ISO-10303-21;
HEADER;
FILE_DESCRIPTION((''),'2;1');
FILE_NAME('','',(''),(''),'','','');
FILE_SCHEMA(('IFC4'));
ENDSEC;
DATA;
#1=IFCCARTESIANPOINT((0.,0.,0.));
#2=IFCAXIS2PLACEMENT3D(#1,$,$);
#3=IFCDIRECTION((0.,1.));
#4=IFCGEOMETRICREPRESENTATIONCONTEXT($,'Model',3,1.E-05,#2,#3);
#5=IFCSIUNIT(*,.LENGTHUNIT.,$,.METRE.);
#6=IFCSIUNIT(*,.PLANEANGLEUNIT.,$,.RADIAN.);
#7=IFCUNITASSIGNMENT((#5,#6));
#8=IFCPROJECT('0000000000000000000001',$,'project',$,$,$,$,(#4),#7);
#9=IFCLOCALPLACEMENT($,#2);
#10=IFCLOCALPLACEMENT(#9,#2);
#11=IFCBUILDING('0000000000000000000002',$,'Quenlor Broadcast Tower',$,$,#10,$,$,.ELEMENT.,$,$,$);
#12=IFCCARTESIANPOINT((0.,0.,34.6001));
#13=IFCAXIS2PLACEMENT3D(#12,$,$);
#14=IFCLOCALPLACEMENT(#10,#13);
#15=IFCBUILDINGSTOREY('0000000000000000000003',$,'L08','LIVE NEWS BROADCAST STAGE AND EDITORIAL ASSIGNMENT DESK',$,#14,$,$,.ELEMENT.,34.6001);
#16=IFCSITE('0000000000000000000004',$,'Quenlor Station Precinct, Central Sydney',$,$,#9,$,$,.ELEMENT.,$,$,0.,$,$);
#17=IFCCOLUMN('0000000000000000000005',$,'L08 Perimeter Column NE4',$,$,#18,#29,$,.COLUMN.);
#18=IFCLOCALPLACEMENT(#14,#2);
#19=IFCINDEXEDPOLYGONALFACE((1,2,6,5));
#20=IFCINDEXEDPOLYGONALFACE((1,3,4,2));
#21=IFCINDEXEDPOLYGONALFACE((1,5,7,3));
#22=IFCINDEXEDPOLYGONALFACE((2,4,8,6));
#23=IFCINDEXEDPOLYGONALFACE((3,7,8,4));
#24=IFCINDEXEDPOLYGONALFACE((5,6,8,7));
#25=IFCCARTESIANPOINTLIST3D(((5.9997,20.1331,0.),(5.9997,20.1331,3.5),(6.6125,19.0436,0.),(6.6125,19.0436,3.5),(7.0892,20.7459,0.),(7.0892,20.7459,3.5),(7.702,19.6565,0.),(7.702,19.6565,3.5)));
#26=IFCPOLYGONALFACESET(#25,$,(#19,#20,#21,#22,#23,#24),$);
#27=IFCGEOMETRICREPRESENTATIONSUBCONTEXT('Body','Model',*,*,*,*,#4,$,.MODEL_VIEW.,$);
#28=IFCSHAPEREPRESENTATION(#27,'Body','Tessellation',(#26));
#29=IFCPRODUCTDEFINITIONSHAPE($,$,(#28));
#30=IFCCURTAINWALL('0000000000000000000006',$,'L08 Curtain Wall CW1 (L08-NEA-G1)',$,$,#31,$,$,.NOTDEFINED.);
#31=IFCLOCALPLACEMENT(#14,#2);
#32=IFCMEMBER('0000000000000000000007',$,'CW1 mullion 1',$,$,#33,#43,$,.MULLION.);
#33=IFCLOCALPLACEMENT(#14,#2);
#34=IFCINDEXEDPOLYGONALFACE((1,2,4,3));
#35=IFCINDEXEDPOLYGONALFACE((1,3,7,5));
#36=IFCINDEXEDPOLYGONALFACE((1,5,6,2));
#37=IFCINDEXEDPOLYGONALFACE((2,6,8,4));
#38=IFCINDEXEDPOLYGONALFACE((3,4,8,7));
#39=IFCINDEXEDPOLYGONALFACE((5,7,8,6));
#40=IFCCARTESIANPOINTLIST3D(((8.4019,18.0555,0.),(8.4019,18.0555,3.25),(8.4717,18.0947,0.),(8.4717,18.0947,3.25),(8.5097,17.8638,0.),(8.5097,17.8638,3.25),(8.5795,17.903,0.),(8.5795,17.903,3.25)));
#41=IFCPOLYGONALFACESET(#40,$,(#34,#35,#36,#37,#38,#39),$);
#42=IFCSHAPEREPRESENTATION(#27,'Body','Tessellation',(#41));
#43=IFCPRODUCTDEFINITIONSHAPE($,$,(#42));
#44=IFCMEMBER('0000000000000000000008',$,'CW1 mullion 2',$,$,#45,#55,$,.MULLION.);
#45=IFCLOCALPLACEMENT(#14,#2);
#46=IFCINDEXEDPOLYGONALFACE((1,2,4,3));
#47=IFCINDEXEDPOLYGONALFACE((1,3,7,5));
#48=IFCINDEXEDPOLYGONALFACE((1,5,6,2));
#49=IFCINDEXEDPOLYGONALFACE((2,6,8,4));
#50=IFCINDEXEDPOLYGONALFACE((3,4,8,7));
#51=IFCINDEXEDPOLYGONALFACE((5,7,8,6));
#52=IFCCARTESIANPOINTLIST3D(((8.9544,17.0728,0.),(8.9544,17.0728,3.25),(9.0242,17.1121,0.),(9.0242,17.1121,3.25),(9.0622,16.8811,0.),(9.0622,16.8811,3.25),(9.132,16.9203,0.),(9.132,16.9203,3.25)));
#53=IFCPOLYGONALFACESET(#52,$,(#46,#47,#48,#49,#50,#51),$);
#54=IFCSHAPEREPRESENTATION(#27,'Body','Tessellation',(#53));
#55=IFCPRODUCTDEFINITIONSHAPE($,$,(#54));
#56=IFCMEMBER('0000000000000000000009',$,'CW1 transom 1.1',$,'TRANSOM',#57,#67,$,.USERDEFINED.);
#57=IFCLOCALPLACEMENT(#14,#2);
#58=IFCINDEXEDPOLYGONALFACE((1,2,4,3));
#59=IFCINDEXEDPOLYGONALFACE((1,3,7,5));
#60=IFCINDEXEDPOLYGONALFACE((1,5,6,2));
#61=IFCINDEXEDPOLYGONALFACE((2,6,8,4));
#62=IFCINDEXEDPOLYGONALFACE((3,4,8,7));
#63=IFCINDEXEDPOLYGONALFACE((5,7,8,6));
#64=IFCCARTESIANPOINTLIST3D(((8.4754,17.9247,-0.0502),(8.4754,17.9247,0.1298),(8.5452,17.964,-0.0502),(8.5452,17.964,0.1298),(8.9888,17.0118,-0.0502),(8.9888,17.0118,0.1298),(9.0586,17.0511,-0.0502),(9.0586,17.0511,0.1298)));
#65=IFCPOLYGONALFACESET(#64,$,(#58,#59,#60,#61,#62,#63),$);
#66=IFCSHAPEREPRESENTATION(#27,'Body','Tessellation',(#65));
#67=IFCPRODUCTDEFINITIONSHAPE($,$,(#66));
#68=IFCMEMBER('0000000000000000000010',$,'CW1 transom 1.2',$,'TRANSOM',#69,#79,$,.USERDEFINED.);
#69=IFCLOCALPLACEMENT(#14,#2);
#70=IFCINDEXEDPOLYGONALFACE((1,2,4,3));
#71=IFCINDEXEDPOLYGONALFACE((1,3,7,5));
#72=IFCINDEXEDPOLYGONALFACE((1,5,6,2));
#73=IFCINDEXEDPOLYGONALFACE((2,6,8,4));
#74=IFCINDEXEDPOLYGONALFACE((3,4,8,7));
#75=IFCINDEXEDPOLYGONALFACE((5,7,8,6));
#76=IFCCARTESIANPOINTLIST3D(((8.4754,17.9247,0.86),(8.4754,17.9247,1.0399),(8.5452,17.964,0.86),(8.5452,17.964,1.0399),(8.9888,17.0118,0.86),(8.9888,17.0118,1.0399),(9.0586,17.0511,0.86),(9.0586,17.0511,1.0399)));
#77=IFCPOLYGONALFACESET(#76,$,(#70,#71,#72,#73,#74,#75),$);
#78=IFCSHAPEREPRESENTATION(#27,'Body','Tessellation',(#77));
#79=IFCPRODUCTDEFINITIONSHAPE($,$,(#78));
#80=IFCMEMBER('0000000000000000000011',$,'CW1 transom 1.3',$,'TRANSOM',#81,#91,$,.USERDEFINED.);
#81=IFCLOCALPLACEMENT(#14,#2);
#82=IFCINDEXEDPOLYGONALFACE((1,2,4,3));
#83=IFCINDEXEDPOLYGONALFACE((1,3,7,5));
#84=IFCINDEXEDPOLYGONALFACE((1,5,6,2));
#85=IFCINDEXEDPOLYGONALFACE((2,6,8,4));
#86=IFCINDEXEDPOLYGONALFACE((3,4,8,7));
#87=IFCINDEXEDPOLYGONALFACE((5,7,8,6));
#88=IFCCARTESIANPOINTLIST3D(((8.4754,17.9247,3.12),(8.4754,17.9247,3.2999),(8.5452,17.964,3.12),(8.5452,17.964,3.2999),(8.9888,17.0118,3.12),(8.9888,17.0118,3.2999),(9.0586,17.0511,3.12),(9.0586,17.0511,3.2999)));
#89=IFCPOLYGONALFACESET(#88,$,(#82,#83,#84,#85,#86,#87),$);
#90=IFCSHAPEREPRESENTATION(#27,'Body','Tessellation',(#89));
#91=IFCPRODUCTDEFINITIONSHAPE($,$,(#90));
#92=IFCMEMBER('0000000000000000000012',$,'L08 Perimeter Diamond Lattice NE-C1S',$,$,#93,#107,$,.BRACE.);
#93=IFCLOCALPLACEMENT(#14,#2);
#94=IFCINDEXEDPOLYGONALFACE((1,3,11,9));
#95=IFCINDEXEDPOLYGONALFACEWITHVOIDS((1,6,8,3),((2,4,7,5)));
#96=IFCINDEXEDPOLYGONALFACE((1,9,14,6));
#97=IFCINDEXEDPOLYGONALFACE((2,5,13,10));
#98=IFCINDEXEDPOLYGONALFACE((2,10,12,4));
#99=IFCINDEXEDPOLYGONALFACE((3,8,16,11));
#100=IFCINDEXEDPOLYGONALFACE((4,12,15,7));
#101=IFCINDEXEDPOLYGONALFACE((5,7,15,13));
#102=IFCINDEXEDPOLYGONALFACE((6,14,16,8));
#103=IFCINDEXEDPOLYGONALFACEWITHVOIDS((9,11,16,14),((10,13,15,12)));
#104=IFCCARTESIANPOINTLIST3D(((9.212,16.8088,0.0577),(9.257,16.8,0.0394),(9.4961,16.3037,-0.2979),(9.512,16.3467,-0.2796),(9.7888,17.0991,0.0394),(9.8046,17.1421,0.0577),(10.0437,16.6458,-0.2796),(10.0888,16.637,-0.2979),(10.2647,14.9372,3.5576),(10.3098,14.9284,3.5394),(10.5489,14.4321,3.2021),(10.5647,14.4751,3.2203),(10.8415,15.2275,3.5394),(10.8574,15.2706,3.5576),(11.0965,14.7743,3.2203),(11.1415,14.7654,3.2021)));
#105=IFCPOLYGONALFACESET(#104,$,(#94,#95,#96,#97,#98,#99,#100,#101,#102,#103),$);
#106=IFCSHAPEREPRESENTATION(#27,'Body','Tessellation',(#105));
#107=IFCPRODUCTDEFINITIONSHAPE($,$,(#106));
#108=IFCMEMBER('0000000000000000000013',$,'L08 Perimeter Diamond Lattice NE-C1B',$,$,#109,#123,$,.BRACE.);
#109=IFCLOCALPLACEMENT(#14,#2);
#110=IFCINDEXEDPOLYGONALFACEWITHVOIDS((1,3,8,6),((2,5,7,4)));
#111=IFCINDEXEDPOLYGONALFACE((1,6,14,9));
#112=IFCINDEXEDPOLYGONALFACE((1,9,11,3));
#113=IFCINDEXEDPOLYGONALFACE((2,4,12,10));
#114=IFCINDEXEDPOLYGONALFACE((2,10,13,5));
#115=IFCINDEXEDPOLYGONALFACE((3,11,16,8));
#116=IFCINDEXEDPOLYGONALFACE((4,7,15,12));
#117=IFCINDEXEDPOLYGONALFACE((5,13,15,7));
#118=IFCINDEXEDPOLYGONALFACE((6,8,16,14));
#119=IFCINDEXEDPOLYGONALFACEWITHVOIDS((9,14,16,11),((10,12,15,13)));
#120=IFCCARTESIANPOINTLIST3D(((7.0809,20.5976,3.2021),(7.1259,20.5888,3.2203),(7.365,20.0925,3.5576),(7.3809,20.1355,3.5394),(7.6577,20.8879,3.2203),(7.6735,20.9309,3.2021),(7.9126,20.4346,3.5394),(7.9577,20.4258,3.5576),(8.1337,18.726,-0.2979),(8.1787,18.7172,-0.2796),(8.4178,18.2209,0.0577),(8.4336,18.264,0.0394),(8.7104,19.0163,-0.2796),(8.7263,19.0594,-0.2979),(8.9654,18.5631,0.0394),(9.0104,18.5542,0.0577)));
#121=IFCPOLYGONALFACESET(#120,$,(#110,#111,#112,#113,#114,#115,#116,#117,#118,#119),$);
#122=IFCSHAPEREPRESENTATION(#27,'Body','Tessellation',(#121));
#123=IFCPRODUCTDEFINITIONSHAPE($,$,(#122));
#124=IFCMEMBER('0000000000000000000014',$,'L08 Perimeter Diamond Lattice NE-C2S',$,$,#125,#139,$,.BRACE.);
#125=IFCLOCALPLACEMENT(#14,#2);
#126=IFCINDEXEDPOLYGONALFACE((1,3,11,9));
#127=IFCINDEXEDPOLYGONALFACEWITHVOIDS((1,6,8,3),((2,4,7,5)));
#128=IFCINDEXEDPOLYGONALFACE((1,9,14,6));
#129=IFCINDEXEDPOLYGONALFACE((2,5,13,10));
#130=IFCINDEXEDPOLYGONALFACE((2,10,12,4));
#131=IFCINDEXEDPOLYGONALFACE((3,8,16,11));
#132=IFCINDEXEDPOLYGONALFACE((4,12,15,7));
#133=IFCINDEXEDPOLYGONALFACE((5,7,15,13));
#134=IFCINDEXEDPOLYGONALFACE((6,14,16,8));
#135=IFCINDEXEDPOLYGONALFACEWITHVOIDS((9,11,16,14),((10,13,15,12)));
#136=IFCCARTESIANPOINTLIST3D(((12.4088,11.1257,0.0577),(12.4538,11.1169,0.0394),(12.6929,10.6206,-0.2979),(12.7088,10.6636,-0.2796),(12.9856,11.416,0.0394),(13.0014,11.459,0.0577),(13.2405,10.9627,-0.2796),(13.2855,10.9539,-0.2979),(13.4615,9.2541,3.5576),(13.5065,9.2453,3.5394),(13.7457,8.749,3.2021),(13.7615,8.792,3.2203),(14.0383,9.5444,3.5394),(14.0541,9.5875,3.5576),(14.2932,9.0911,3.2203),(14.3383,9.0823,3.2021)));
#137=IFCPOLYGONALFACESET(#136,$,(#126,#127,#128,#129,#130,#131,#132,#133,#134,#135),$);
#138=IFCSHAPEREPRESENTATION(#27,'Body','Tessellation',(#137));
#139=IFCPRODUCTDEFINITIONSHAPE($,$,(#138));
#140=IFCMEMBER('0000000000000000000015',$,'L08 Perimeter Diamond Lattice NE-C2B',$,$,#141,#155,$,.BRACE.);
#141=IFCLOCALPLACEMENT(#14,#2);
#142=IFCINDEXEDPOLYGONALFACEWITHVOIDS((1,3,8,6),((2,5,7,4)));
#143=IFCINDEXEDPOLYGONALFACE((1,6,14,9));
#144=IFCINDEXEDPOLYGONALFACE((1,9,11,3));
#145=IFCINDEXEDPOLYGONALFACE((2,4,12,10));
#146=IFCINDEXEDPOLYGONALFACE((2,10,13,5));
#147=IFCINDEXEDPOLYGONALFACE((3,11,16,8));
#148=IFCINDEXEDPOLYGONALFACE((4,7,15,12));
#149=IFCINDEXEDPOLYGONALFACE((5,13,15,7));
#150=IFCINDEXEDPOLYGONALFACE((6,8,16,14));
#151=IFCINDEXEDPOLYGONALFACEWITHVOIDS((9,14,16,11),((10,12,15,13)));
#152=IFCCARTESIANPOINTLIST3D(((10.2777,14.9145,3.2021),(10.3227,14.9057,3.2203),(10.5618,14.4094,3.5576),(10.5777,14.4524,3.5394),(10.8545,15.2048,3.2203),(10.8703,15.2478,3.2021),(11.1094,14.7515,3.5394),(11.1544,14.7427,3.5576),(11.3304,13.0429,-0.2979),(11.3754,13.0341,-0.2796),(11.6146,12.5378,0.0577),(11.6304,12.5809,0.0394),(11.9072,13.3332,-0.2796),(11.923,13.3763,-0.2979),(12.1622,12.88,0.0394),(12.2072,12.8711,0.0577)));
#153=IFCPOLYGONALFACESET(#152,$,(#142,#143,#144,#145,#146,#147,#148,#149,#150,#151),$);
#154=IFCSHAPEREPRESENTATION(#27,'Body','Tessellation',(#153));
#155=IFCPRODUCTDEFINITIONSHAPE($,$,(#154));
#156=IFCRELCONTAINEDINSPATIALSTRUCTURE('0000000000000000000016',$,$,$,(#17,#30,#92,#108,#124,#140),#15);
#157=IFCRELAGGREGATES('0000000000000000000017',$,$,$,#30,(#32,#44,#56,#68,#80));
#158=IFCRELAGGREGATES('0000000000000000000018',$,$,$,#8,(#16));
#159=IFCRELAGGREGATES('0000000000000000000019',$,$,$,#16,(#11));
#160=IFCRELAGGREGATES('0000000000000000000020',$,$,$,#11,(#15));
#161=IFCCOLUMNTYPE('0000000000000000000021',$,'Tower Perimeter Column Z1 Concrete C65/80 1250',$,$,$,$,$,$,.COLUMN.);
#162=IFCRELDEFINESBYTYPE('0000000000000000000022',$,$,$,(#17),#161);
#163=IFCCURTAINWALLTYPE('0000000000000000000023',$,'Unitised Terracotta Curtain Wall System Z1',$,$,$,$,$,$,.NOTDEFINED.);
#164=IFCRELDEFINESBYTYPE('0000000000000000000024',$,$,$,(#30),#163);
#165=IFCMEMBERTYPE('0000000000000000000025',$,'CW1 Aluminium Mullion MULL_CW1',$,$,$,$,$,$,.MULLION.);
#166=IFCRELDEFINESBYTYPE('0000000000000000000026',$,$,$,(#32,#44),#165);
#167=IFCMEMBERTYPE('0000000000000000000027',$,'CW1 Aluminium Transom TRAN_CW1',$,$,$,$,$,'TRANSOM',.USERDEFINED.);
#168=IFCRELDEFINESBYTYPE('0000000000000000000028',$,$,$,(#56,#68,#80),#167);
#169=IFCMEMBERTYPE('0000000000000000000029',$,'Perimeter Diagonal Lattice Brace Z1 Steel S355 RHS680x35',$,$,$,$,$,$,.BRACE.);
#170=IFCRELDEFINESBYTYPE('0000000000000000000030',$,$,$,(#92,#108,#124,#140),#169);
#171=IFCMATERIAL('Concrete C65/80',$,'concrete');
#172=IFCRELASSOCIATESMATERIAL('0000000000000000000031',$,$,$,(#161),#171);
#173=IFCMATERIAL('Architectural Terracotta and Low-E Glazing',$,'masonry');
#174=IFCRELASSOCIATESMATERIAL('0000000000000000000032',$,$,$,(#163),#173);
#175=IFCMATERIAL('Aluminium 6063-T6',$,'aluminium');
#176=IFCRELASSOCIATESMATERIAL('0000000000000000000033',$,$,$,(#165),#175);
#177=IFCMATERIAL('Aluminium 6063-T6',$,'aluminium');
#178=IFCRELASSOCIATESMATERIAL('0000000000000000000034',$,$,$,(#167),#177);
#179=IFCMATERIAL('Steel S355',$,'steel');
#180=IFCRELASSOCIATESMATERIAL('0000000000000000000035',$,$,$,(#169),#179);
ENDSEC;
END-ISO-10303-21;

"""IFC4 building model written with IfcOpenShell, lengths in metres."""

from ifc_helpers import new_model, si_unit, direction, frame, origin, origin_2d, place, context, subcontext, project, spatial, rectangle, hollow_rectangle, extrude, material, material_profile, profile_set, type_object, element, aggregate, save


model = new_model("IFC4")

# Units and contexts
model_context = context("Model", 3, precision=1e-05, world=origin(), true_north=direction((0.0, 1.0)))
body_context = subcontext(model_context, "Body", "Model", "MODEL_VIEW")
ifc_project = project(units=[si_unit("LENGTHUNIT", "METRE"), si_unit("PLANEANGLEUNIT", "RADIAN")], contexts=[model_context])

# Site, building, storey
site_placement = place(None, origin())
site = spatial("IfcSite", under=ifc_project, at=site_placement, Name="Quenlor Station Precinct, Central Sydney", CompositionType="ELEMENT", RefElevation=0.0)
building_placement = place(site_placement, origin())
building = spatial("IfcBuilding", under=site, at=building_placement, Name="Quenlor Broadcast Tower", CompositionType="ELEMENT")
storey_placement = place(building_placement, frame((0.0, 0.0, 34.6001)))
storey = spatial("IfcBuildingStorey", under=building, at=storey_placement, Name="L08", Description="LIVE NEWS BROADCAST STAGE AND EDITORIAL ASSIGNMENT DESK", CompositionType="ELEMENT", Elevation=34.6001)

# Column
ifc_material_1 = material(Name="Concrete C65/80", Category="concrete")
ifc_material_profile_1 = material_profile(ifc_material_1, rectangle(XDim=1.25, YDim=1.25, at=origin_2d()))
ifc_profile_set_1 = profile_set([ifc_material_profile_1], Name="Concrete C65/80 RC1250x1250")
column_type = type_object("IfcColumnType", Name="Tower Perimeter Column Z1 Concrete C65/80 1250", PredefinedType="COLUMN", material=ifc_profile_set_1)
column_placement = place(storey_placement, frame((6.8508, 19.8948, 0.0), z_axis=(0.0, 0.0, 1.0), x_axis=(0.871575, 0.490262, 0.0)))
element("IfcColumn", 1, at=column_placement, inside=storey, type_object=column_type, Name="L08 Perimeter Column NE4", PredefinedType="COLUMN", context=body_context, shape_type="SweptSolid", body=[
    extrude(rectangle(XDim=1.25, YDim=1.25, at=origin_2d()), origin(), (0.0, 0.0, 1.0), 3.5),
])

# Curtain wall, members
ifc_material_2 = material(Name="Architectural Terracotta and Low-E Glazing", Category="masonry")
curtain_wall_type = type_object("IfcCurtainWallType", Name="Unitised Terracotta Curtain Wall System Z1", PredefinedType="NOTDEFINED", material=ifc_material_2)
curtain_wall_placement = place(storey_placement, origin())
curtain_wall = element("IfcCurtainWall", 2, at=curtain_wall_placement, inside=storey, type_object=curtain_wall_type, Name="L08 Curtain Wall CW1 (L08-NEA-G1)", PredefinedType="NOTDEFINED")
ifc_material_3 = material(Name="Aluminium 6063-T6", Category="aluminium")
ifc_material_profile_2 = material_profile(ifc_material_3, rectangle(XDim=0.0801, YDim=0.22, at=origin_2d()))
ifc_profile_set_2 = profile_set([ifc_material_profile_2], Name="Aluminium 6063-T6 MULL80x220")
member_type_1 = type_object("IfcMemberType", Name="CW1 Aluminium Mullion MULL_CW1", PredefinedType="MULLION", material=ifc_profile_set_2)
member_1_placement = place(storey_placement, frame((8.4907, 17.9792, 0.0), z_axis=(0.0, 0.0, 1.0), x_axis=(0.871602, 0.490214, 0.0)))
member_1 = element("IfcMember", 3, at=member_1_placement, type_object=member_type_1, Name="CW1 mullion 1", PredefinedType="MULLION", context=body_context, shape_type="SweptSolid", body=[
    extrude(rectangle(XDim=0.0801, YDim=0.22, at=origin_2d()), origin(), (0.0, 0.0, 1.0), 3.25),
])
member_2_placement = place(storey_placement, frame((9.0432, 16.9966, 0.0), z_axis=(0.0, 0.0, 1.0), x_axis=(0.871602, 0.490214, 0.0)))
member_2 = element("IfcMember", 4, at=member_2_placement, type_object=member_type_1, Name="CW1 mullion 2", PredefinedType="MULLION", context=body_context, shape_type="SweptSolid", body=[
    extrude(rectangle(XDim=0.0801, YDim=0.22, at=origin_2d()), origin(), (0.0, 0.0, 1.0), 3.25),
])
ifc_material_4 = material(Name="Aluminium 6063-T6", Category="aluminium")
ifc_material_profile_3 = material_profile(ifc_material_4, rectangle(XDim=0.0801, YDim=0.1799, at=origin_2d()))
ifc_profile_set_3 = profile_set([ifc_material_profile_3], Name="Aluminium 6063-T6 TRAN80x180")
member_type_2 = type_object("IfcMemberType", Name="CW1 Aluminium Transom TRAN_CW1", ElementType="TRANSOM", PredefinedType="USERDEFINED", material=ifc_profile_set_3)
member_3_placement = place(storey_placement, frame((8.5103, 17.9443, 0.0398), z_axis=(0.490228, -0.871594, 0.0), x_axis=(0.871594, 0.490228, 0.0)))
member_3 = element("IfcMember", 5, at=member_3_placement, type_object=member_type_2, Name="CW1 transom 1.1", ObjectType="TRANSOM", PredefinedType="USERDEFINED", context=body_context, shape_type="SweptSolid", body=[
    extrude(rectangle(XDim=0.0801, YDim=0.1799, at=origin_2d()), origin(), (0.0, 0.0, 1.0), 1.0474),
])
member_4_placement = place(storey_placement, frame((8.5103, 17.9443, 0.95), z_axis=(0.490228, -0.871594, 0.0), x_axis=(0.871594, 0.490228, 0.0)))
member_4 = element("IfcMember", 6, at=member_4_placement, type_object=member_type_2, Name="CW1 transom 1.2", ObjectType="TRANSOM", PredefinedType="USERDEFINED", context=body_context, shape_type="SweptSolid", body=[
    extrude(rectangle(XDim=0.0801, YDim=0.1799, at=origin_2d()), origin(), (0.0, 0.0, 1.0), 1.0474),
])
member_5_placement = place(storey_placement, frame((8.5103, 17.9443, 3.21), z_axis=(0.490228, -0.871594, 0.0), x_axis=(0.871594, 0.490228, 0.0)))
member_5 = element("IfcMember", 7, at=member_5_placement, type_object=member_type_2, Name="CW1 transom 1.3", ObjectType="TRANSOM", PredefinedType="USERDEFINED", context=body_context, shape_type="SweptSolid", body=[
    extrude(rectangle(XDim=0.0801, YDim=0.1799, at=origin_2d()), origin(), (0.0, 0.0, 1.0), 1.0474),
])

# Members
ifc_material_5 = material(Name="Steel S355", Category="steel")
ifc_material_profile_4 = material_profile(ifc_material_5, hollow_rectangle(XDim=0.6799, YDim=0.6799, WallThickness=0.0349, at=origin_2d()))
ifc_profile_set_4 = profile_set([ifc_material_profile_4], Name="Steel S355 RHS680x680x35")
member_type_3 = type_object("IfcMemberType", Name="Perimeter Diagonal Lattice Brace Z1 Steel S355 RHS680x35", PredefinedType="BRACE", material=ifc_profile_set_4)
for number, where, z_axis, x_axis, name in (
    (8, (9.6504, 16.7229, -0.1201), (0.256375, -0.455792, 0.852365), (0.871582, 0.49025, 0.0), "L08 Perimeter Diamond Lattice NE-C1S"),
    (9, (8.572, 18.6401, -0.1201), (-0.256375, 0.455792, 0.852365), (-0.871582, -0.49025, 0.0), "L08 Perimeter Diamond Lattice NE-C1B"),
    (10, (12.8472, 11.0398, -0.1201), (0.256375, -0.455792, 0.852365), (0.871582, 0.49025, 0.0), "L08 Perimeter Diamond Lattice NE-C2S"),
    (11, (11.7688, 12.957, -0.1201), (-0.256375, 0.455792, 0.852365), (-0.871582, -0.49025, 0.0), "L08 Perimeter Diamond Lattice NE-C2B"),
):
    element("IfcMember", number, at=place(storey_placement, frame(where, z_axis=z_axis, x_axis=x_axis)), inside=storey, type_object=member_type_3, Name=name, PredefinedType="BRACE", context=body_context, shape_type="SweptSolid", body=[
        extrude(hollow_rectangle(XDim=0.6799, YDim=0.6799, WallThickness=0.0349, at=origin_2d()), origin(), (0.0, 0.0, 1.0), 4.1062),
    ])

aggregate(curtain_wall, [member_1, member_2, member_3, member_4, member_5])

save(model, "model.ifc")
